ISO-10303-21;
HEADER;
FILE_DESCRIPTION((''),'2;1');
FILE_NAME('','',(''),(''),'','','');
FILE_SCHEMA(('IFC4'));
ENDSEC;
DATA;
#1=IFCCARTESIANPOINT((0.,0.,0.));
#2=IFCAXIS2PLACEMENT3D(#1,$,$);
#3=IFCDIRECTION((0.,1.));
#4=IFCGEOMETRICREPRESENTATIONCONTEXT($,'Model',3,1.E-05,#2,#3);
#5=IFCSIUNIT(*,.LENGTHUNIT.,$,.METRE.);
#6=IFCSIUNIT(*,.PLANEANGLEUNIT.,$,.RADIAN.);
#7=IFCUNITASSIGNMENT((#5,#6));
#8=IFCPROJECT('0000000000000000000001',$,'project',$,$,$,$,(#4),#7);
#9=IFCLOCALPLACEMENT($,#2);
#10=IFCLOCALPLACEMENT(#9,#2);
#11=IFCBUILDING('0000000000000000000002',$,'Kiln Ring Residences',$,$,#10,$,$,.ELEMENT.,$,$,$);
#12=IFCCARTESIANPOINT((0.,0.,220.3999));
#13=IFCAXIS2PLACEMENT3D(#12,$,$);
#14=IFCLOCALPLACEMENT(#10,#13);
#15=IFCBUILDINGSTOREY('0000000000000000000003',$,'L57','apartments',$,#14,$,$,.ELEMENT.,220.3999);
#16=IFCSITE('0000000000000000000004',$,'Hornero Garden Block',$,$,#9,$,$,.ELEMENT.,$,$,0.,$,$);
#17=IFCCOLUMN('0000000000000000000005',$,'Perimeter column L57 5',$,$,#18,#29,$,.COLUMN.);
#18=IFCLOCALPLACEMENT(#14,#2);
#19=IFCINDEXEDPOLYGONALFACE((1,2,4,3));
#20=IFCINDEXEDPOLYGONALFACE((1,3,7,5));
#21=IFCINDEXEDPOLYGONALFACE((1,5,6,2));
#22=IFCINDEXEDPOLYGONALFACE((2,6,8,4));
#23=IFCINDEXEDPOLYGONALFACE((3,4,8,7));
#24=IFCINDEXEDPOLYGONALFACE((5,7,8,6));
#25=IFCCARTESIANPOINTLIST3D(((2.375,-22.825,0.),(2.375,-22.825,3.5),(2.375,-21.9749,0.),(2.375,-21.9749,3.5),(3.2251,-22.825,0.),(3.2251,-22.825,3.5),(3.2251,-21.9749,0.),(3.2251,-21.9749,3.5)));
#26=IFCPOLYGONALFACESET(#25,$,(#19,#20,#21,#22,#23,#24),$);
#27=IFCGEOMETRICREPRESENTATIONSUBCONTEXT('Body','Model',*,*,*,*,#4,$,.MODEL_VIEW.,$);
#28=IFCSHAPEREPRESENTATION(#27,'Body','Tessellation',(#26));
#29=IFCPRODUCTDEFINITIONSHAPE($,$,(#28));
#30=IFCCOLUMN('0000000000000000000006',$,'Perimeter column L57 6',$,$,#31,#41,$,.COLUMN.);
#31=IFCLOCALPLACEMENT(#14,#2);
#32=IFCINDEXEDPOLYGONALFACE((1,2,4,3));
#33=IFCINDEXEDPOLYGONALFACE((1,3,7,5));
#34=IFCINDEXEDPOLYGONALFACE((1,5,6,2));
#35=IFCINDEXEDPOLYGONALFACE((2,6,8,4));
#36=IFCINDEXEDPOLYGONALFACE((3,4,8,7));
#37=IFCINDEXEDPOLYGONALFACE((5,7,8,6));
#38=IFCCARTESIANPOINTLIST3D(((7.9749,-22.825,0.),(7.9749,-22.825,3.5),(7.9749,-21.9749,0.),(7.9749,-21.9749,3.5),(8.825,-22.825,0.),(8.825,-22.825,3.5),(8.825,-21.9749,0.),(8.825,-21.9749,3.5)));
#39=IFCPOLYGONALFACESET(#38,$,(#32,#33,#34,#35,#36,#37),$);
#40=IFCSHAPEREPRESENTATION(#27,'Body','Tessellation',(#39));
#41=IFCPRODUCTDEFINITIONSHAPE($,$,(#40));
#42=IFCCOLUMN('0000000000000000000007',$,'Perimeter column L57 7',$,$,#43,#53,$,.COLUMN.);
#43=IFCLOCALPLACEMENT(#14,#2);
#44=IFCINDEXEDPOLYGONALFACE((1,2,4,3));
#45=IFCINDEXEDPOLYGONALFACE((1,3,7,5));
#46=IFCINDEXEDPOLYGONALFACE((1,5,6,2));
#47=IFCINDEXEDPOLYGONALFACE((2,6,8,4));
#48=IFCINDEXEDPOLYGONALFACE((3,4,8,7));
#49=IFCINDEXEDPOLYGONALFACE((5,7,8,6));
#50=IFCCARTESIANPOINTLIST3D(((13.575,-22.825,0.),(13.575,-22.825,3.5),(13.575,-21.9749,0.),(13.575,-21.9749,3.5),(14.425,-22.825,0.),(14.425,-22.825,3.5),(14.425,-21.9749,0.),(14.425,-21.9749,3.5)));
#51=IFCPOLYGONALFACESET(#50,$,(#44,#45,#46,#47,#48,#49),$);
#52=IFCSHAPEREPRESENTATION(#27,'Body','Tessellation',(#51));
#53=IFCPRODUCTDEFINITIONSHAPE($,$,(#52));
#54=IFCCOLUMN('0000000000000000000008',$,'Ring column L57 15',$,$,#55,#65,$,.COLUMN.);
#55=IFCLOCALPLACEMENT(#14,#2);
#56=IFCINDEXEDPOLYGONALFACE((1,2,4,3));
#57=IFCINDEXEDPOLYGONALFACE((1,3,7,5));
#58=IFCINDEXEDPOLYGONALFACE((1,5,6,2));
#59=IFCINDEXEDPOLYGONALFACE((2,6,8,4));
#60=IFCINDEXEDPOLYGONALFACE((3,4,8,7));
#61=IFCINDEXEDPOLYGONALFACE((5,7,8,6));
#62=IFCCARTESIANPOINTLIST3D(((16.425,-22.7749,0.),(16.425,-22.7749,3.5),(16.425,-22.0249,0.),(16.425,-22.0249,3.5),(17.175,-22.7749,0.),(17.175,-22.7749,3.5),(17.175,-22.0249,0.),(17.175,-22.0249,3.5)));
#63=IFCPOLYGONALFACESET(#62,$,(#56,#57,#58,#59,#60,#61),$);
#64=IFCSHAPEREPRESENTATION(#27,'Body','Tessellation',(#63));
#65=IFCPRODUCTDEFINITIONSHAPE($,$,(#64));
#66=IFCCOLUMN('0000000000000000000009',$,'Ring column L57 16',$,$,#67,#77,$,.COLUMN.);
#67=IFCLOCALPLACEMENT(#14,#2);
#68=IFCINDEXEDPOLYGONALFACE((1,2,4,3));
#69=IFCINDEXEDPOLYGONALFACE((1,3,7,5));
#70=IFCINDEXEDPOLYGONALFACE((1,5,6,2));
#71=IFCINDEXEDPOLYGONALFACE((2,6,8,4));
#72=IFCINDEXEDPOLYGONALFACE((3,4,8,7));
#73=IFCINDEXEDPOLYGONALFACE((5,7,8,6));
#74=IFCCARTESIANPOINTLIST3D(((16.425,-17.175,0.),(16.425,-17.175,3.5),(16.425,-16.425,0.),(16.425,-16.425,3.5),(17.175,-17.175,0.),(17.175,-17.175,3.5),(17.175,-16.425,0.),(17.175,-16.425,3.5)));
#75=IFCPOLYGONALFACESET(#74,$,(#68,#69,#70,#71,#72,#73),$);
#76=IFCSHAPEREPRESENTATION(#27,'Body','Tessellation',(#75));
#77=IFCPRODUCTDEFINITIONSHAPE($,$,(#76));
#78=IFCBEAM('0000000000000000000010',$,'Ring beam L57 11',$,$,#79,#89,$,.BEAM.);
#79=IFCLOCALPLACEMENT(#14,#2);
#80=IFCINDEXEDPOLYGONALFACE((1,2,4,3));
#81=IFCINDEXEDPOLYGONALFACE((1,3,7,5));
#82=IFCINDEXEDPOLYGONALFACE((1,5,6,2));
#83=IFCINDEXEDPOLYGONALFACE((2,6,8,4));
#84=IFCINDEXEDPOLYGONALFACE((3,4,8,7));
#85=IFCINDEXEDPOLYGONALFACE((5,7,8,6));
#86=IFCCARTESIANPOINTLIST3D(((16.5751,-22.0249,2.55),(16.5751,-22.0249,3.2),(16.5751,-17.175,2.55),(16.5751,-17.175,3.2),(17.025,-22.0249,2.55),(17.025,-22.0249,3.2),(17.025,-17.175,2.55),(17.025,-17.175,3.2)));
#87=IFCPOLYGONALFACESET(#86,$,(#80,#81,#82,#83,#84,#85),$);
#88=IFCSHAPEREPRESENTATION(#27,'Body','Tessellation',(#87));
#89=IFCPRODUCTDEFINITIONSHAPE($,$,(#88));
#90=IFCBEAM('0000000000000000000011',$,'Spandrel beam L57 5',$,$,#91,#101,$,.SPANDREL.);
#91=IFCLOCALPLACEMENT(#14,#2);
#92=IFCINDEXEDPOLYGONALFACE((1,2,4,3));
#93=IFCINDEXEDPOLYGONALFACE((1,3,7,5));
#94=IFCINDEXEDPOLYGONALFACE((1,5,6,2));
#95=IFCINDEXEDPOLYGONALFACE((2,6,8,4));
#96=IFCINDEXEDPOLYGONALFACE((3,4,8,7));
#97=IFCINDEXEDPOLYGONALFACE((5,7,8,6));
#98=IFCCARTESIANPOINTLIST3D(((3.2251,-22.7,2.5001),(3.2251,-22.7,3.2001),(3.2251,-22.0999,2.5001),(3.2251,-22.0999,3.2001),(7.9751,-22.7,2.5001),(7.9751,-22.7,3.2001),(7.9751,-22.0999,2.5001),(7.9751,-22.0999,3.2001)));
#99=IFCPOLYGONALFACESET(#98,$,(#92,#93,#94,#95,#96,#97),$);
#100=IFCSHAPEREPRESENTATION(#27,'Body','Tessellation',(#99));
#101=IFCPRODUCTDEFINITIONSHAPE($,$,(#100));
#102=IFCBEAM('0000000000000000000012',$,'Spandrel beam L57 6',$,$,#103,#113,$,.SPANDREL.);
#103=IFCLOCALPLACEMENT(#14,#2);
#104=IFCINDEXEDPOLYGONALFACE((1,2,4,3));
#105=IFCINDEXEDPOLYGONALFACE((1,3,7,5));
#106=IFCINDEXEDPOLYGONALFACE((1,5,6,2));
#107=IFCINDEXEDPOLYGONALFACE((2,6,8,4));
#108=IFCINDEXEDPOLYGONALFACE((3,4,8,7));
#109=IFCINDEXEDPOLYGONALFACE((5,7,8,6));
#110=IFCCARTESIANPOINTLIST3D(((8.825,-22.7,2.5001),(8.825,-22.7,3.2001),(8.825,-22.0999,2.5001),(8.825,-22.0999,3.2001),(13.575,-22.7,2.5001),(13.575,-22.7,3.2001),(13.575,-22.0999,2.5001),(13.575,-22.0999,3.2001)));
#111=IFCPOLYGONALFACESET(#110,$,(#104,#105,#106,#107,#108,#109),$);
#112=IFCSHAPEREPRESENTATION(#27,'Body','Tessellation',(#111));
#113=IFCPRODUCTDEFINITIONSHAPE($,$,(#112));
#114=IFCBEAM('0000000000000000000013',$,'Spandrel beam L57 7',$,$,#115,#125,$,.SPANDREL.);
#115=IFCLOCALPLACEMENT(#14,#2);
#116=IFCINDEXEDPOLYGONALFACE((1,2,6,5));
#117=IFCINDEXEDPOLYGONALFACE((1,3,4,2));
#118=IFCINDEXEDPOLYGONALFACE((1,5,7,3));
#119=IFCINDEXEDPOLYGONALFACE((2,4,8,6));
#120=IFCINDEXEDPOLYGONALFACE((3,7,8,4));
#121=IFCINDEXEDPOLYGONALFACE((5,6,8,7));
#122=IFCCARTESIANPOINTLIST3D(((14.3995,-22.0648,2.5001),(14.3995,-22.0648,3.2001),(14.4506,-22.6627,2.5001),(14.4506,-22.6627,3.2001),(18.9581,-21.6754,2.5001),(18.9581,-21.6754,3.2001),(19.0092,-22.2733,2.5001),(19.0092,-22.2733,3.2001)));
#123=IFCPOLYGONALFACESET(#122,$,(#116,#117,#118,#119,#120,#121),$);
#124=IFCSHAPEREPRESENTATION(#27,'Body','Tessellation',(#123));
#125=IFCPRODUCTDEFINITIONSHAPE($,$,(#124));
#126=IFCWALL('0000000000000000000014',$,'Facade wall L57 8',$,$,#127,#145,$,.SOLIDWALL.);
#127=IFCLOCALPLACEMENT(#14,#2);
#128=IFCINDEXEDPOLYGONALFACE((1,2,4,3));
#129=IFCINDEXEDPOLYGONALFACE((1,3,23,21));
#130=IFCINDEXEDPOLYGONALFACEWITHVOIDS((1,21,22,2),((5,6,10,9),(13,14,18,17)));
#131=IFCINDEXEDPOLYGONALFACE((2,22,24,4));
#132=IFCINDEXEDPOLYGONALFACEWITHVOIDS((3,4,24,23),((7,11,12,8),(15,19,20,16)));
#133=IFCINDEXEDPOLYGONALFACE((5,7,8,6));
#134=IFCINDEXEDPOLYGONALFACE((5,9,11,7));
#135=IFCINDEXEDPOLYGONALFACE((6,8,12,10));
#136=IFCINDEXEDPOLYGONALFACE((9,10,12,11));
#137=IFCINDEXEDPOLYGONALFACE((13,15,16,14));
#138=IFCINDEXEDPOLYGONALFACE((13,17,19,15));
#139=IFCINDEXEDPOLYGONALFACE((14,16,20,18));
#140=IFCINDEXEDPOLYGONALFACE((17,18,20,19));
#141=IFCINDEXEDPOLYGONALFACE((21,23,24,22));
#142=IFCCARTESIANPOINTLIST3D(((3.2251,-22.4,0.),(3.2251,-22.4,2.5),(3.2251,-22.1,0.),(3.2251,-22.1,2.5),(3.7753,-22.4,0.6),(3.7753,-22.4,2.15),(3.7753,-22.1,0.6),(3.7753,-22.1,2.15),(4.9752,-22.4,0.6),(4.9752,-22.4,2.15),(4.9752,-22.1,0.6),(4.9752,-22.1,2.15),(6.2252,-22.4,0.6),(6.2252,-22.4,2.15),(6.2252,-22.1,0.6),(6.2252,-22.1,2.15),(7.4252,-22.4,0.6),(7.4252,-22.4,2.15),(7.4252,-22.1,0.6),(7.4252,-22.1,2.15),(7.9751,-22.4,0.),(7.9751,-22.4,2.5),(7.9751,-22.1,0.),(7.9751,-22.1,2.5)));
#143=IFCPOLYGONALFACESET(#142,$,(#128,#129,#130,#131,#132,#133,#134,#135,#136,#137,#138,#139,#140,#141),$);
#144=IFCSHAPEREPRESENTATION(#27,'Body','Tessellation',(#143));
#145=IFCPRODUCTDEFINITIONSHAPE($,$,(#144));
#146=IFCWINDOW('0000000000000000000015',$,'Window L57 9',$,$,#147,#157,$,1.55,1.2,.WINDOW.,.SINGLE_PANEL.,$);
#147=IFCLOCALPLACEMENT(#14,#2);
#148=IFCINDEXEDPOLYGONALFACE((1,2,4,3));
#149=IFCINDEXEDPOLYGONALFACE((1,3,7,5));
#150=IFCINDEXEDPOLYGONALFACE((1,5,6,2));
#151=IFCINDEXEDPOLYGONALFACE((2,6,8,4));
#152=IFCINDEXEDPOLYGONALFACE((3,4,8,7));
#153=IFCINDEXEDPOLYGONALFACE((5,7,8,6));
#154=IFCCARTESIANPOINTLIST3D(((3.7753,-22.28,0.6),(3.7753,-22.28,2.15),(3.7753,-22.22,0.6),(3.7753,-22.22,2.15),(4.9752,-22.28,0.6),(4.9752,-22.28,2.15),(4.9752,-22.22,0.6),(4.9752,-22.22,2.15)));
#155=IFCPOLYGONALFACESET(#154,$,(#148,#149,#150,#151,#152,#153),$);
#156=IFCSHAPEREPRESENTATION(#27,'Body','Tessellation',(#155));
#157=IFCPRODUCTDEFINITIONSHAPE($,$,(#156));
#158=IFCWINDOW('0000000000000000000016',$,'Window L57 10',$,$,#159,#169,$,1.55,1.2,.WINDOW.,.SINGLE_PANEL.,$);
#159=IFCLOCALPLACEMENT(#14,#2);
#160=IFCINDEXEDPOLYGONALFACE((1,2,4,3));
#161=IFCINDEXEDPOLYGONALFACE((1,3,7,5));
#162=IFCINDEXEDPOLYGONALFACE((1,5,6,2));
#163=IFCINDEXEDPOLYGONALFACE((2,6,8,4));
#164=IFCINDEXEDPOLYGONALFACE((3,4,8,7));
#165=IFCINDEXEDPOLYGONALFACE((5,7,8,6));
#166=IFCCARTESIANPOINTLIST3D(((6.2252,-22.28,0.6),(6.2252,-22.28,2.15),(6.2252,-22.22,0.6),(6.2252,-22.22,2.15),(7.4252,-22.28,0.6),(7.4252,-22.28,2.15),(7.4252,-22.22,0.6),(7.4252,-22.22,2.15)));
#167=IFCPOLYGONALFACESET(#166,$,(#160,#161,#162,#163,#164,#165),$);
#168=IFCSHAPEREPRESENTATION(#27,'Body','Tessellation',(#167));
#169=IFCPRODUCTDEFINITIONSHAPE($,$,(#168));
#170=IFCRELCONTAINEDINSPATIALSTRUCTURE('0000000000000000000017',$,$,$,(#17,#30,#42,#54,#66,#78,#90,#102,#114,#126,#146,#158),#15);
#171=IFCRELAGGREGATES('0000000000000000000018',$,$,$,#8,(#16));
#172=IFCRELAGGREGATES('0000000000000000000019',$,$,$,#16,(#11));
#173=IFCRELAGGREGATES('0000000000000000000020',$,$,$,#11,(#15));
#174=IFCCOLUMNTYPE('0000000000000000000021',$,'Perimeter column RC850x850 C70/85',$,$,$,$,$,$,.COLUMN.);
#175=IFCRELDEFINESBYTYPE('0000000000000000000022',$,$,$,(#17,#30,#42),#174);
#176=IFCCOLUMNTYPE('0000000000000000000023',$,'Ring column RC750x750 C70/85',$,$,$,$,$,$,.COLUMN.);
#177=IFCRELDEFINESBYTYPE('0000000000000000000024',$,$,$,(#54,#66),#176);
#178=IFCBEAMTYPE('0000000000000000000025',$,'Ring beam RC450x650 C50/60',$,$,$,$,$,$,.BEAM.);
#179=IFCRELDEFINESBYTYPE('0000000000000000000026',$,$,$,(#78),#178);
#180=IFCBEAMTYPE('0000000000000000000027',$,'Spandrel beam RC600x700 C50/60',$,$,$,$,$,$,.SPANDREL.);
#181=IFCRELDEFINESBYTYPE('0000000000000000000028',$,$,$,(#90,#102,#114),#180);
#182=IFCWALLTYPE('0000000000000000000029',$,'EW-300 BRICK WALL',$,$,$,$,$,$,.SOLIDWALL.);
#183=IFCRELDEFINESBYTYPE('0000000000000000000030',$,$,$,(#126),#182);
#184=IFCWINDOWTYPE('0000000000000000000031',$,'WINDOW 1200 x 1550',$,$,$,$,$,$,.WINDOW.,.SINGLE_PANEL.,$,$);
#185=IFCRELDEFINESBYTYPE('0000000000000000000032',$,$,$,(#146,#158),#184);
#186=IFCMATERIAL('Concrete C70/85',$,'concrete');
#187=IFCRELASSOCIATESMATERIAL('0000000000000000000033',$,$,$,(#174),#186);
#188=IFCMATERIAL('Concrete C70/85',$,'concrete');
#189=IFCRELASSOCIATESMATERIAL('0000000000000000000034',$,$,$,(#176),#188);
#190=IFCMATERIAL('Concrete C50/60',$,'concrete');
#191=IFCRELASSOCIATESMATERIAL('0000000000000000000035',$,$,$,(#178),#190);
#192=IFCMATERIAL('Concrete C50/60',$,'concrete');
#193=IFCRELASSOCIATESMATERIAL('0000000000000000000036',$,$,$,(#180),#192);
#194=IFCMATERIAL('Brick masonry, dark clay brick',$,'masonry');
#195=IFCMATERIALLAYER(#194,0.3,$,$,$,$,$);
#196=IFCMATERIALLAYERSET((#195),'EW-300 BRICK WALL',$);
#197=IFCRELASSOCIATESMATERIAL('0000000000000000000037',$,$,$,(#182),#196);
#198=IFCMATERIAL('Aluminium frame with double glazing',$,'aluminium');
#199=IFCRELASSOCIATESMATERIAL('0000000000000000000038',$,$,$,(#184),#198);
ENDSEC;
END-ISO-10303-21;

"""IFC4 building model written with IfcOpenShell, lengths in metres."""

from ifc_helpers import new_model, si_unit, direction, frame, frame_2d, origin, origin_2d, place, context, subcontext, project, spatial, rectangle, extrude, material, layer, layer_set, material_profile, profile_set, type_object, element, fill, save


model = new_model("IFC4")

# Units and contexts
model_context = context("Model", 3, precision=1e-05, world=origin(), true_north=direction((0.0, 1.0)))
body_context = subcontext(model_context, "Body", "Model", "MODEL_VIEW")
ifc_project = project(units=[si_unit("LENGTHUNIT", "METRE"), si_unit("PLANEANGLEUNIT", "RADIAN")], contexts=[model_context])

# Site, building, storey
site_placement = place(None, origin())
site = spatial("IfcSite", under=ifc_project, at=site_placement, Name="Hornero Garden Block", CompositionType="ELEMENT", RefElevation=0.0)
building_placement = place(site_placement, origin())
building = spatial("IfcBuilding", under=site, at=building_placement, Name="Kiln Ring Residences", CompositionType="ELEMENT")
storey_placement = place(building_placement, frame((0.0, 0.0, 220.3999)))
storey = spatial("IfcBuildingStorey", under=building, at=storey_placement, Name="L57", Description="apartments", CompositionType="ELEMENT", Elevation=220.3999)

# Columns
ifc_material_1 = material(Name="Concrete C70/85", Category="concrete")
ifc_material_profile_1 = material_profile(ifc_material_1, rectangle(XDim=0.8501, YDim=0.8501, at=origin_2d()), Name="RC850x850")
ifc_profile_set_1 = profile_set([ifc_material_profile_1], Name="Concrete C70/85")
column_type_1 = type_object("IfcColumnType", Name="Perimeter column RC850x850 C70/85", PredefinedType="COLUMN", material=ifc_profile_set_1)
for number, where, z_axis, x_axis, name in (
    (1, (2.8, -22.3999, 0.0), (0.0, 0.0, 1.0), (1.0, 0.0, 0.0), "Perimeter column L57 5"),
    (2, (8.3999, -22.3999, 0.0), (0.0, 0.0, 1.0), (1.0, 0.0, 0.0), "Perimeter column L57 6"),
    (3, (14.0, -22.3999, 0.0), (0.0, 0.0, 1.0), (1.0, 0.0, 0.0), "Perimeter column L57 7"),
):
    element("IfcColumn", number, at=place(storey_placement, frame(where, z_axis=z_axis, x_axis=x_axis)), inside=storey, type_object=column_type_1, Name=name, PredefinedType="COLUMN", context=body_context, shape_type="SweptSolid", body=[
        extrude(rectangle(XDim=0.8501, YDim=0.8501, at=origin_2d()), origin(), (0.0, 0.0, 1.0), 3.5),
    ])
ifc_material_2 = material(Name="Concrete C70/85", Category="concrete")
ifc_material_profile_2 = material_profile(ifc_material_2, rectangle(XDim=0.75, YDim=0.75, at=origin_2d()), Name="RC750x750")
ifc_profile_set_2 = profile_set([ifc_material_profile_2], Name="Concrete C70/85")
column_type_2 = type_object("IfcColumnType", Name="Ring column RC750x750 C70/85", PredefinedType="COLUMN", material=ifc_profile_set_2)
for number, where, z_axis, x_axis, name in (
    (4, (16.8, -22.3999, 0.0), (0.0, 0.0, 1.0), (1.0, 0.0, 0.0), "Ring column L57 15"),
    (5, (16.8, -16.8, 0.0), (0.0, 0.0, 1.0), (1.0, 0.0, 0.0), "Ring column L57 16"),
):
    element("IfcColumn", number, at=place(storey_placement, frame(where, z_axis=z_axis, x_axis=x_axis)), inside=storey, type_object=column_type_2, Name=name, PredefinedType="COLUMN", context=body_context, shape_type="SweptSolid", body=[
        extrude(rectangle(XDim=0.75, YDim=0.75, at=origin_2d()), origin(), (0.0, 0.0, 1.0), 3.5),
    ])

# Beams
ifc_material_3 = material(Name="Concrete C50/60", Category="concrete")
ifc_material_profile_3 = material_profile(ifc_material_3, rectangle(XDim=0.45, YDim=0.6499, at=origin_2d()), Name="RC450x650")
ifc_profile_set_3 = profile_set([ifc_material_profile_3], Name="Concrete C50/60")
beam_type_1 = type_object("IfcBeamType", Name="Ring beam RC450x650 C50/60", PredefinedType="BEAM", material=ifc_profile_set_3)
beam_1_placement = place(storey_placement, frame((16.8, -17.175, 2.875), z_axis=(0.0, -1.0, 0.0), x_axis=(1.0, 0.0, 0.0)))
element("IfcBeam", 6, at=beam_1_placement, inside=storey, type_object=beam_type_1, Name="Ring beam L57 11", PredefinedType="BEAM", context=body_context, shape_type="SweptSolid", body=[
    extrude(rectangle(XDim=0.45, YDim=0.6499, at=origin_2d()), origin(), (0.0, 0.0, 1.0), 4.8499),
])
ifc_material_4 = material(Name="Concrete C50/60", Category="concrete")
ifc_material_profile_4 = material_profile(ifc_material_4, rectangle(XDim=0.6001, YDim=0.7, at=origin_2d()), Name="RC600x700")
ifc_profile_set_4 = profile_set([ifc_material_profile_4], Name="Concrete C50/60")
beam_type_2 = type_object("IfcBeamType", Name="Spandrel beam RC600x700 C50/60", PredefinedType="SPANDREL", material=ifc_profile_set_4)
for number, where, z_axis, x_axis, name in (
    (7, (3.2251, -22.3999, 2.8501), (1.0, 0.0, 0.0), (0.0, 1.0, 0.0), "Spandrel beam L57 5"),
    (8, (8.825, -22.3999, 2.8501), (1.0, 0.0, 0.0), (0.0, 1.0, 0.0), "Spandrel beam L57 6"),
):
    element("IfcBeam", number, at=place(storey_placement, frame(where, z_axis=z_axis, x_axis=x_axis)), inside=storey, type_object=beam_type_2, Name=name, PredefinedType="SPANDREL", context=body_context, shape_type="SweptSolid", body=[
        extrude(rectangle(XDim=0.6001, YDim=0.7, at=origin_2d()), origin(), (0.0, 0.0, 1.0), 4.75),
    ])
beam_2_placement = place(storey_placement, frame((14.425, -22.3638, 2.8501), z_axis=(0.996371, 0.085112, 0.0), x_axis=(-0.085112, 0.996371, 0.0)))
element("IfcBeam", 9, at=beam_2_placement, inside=storey, type_object=beam_type_2, Name="Spandrel beam L57 7", PredefinedType="SPANDREL", context=body_context, shape_type="SweptSolid", body=[
    extrude(rectangle(XDim=0.6001, YDim=0.7, at=origin_2d()), origin(), (0.0, 0.0, 1.0), 4.5752),
])

# Wall, openings, windows
ifc_material_5 = material(Name="Brick masonry, dark clay brick", Category="masonry")
ifc_layer_1 = layer(ifc_material_5, 0.3)
ifc_layer_set_1 = layer_set([ifc_layer_1], Name="EW-300 BRICK WALL")
wall_type_1 = type_object("IfcWallType", Name="EW-300 BRICK WALL", PredefinedType="SOLIDWALL", material=ifc_layer_set_1)
wall_1_placement = place(storey_placement, frame((3.2251, -22.25, 0.0), z_axis=(0.0, 0.0, 1.0), x_axis=(1.0, 0.0, 0.0)))
wall_1 = element("IfcWall", 10, at=wall_1_placement, inside=storey, type_object=wall_type_1, Name="Facade wall L57 8", PredefinedType="SOLIDWALL", context=body_context, shape_type="SweptSolid", body=[
    extrude(rectangle(XDim=4.75, YDim=0.3, at=frame_2d((2.375, 0.0))), origin(), (0.0, 0.0, 1.0), 2.5),
])
opening_1_placement = place(wall_1_placement, frame((0.55, 0.0, 0.6001)))
opening_1 = element("IfcOpeningElement", 11, at=opening_1_placement, cuts=wall_1, PredefinedType="OPENING", context=body_context, shape_type="SweptSolid", body=[
    extrude(rectangle(XDim=1.2, YDim=1.55, at=frame_2d((0.6001, 0.7749))), frame((0.0, 0.1599, 0.0), z_axis=(0.0, -1.0, 0.0), x_axis=(1.0, 0.0, 0.0)), (0.0, 0.0, 1.0), 0.3201),
])
opening_2_placement = place(wall_1_placement, frame((3.0, 0.0, 0.6001)))
opening_2 = element("IfcOpeningElement", 12, at=opening_2_placement, cuts=wall_1, PredefinedType="OPENING", context=body_context, shape_type="SweptSolid", body=[
    extrude(rectangle(XDim=1.2, YDim=1.55, at=frame_2d((0.6001, 0.7749))), frame((0.0, 0.1599, 0.0), z_axis=(0.0, -1.0, 0.0), x_axis=(1.0, 0.0, 0.0)), (0.0, 0.0, 1.0), 0.3201),
])
ifc_material_6 = material(Name="Aluminium frame with double glazing", Category="aluminium")
window_type_1 = type_object("IfcWindowType", Name="WINDOW 1200 x 1550", PartitioningType="SINGLE_PANEL", PredefinedType="WINDOW", material=ifc_material_6)
window_1_placement = place(opening_1_placement, origin())
window_1 = element("IfcWindow", 13, at=window_1_placement, inside=storey, type_object=window_type_1, Name="Window L57 9", OverallHeight=1.55, OverallWidth=1.2, PartitioningType="SINGLE_PANEL", PredefinedType="WINDOW", context=body_context, shape_type="SweptSolid", body=[
    extrude(rectangle(XDim=1.2, YDim=1.55, at=frame_2d((0.6001, 0.7749))), frame((0.0, 0.03, 0.0), z_axis=(0.0, -1.0, 0.0), x_axis=(1.0, 0.0, 0.0)), (0.0, 0.0, 1.0), 0.0601),
])
fill(opening_1, window_1)
window_2_placement = place(opening_2_placement, origin())
window_2 = element("IfcWindow", 14, at=window_2_placement, inside=storey, type_object=window_type_1, Name="Window L57 10", OverallHeight=1.55, OverallWidth=1.2, PartitioningType="SINGLE_PANEL", PredefinedType="WINDOW", context=body_context, shape_type="SweptSolid", body=[
    extrude(rectangle(XDim=1.2, YDim=1.55, at=frame_2d((0.6001, 0.7749))), frame((0.0, 0.03, 0.0), z_axis=(0.0, -1.0, 0.0), x_axis=(1.0, 0.0, 0.0)), (0.0, 0.0, 1.0), 0.0601),
])
fill(opening_2, window_2)

save(model, "model.ifc")
